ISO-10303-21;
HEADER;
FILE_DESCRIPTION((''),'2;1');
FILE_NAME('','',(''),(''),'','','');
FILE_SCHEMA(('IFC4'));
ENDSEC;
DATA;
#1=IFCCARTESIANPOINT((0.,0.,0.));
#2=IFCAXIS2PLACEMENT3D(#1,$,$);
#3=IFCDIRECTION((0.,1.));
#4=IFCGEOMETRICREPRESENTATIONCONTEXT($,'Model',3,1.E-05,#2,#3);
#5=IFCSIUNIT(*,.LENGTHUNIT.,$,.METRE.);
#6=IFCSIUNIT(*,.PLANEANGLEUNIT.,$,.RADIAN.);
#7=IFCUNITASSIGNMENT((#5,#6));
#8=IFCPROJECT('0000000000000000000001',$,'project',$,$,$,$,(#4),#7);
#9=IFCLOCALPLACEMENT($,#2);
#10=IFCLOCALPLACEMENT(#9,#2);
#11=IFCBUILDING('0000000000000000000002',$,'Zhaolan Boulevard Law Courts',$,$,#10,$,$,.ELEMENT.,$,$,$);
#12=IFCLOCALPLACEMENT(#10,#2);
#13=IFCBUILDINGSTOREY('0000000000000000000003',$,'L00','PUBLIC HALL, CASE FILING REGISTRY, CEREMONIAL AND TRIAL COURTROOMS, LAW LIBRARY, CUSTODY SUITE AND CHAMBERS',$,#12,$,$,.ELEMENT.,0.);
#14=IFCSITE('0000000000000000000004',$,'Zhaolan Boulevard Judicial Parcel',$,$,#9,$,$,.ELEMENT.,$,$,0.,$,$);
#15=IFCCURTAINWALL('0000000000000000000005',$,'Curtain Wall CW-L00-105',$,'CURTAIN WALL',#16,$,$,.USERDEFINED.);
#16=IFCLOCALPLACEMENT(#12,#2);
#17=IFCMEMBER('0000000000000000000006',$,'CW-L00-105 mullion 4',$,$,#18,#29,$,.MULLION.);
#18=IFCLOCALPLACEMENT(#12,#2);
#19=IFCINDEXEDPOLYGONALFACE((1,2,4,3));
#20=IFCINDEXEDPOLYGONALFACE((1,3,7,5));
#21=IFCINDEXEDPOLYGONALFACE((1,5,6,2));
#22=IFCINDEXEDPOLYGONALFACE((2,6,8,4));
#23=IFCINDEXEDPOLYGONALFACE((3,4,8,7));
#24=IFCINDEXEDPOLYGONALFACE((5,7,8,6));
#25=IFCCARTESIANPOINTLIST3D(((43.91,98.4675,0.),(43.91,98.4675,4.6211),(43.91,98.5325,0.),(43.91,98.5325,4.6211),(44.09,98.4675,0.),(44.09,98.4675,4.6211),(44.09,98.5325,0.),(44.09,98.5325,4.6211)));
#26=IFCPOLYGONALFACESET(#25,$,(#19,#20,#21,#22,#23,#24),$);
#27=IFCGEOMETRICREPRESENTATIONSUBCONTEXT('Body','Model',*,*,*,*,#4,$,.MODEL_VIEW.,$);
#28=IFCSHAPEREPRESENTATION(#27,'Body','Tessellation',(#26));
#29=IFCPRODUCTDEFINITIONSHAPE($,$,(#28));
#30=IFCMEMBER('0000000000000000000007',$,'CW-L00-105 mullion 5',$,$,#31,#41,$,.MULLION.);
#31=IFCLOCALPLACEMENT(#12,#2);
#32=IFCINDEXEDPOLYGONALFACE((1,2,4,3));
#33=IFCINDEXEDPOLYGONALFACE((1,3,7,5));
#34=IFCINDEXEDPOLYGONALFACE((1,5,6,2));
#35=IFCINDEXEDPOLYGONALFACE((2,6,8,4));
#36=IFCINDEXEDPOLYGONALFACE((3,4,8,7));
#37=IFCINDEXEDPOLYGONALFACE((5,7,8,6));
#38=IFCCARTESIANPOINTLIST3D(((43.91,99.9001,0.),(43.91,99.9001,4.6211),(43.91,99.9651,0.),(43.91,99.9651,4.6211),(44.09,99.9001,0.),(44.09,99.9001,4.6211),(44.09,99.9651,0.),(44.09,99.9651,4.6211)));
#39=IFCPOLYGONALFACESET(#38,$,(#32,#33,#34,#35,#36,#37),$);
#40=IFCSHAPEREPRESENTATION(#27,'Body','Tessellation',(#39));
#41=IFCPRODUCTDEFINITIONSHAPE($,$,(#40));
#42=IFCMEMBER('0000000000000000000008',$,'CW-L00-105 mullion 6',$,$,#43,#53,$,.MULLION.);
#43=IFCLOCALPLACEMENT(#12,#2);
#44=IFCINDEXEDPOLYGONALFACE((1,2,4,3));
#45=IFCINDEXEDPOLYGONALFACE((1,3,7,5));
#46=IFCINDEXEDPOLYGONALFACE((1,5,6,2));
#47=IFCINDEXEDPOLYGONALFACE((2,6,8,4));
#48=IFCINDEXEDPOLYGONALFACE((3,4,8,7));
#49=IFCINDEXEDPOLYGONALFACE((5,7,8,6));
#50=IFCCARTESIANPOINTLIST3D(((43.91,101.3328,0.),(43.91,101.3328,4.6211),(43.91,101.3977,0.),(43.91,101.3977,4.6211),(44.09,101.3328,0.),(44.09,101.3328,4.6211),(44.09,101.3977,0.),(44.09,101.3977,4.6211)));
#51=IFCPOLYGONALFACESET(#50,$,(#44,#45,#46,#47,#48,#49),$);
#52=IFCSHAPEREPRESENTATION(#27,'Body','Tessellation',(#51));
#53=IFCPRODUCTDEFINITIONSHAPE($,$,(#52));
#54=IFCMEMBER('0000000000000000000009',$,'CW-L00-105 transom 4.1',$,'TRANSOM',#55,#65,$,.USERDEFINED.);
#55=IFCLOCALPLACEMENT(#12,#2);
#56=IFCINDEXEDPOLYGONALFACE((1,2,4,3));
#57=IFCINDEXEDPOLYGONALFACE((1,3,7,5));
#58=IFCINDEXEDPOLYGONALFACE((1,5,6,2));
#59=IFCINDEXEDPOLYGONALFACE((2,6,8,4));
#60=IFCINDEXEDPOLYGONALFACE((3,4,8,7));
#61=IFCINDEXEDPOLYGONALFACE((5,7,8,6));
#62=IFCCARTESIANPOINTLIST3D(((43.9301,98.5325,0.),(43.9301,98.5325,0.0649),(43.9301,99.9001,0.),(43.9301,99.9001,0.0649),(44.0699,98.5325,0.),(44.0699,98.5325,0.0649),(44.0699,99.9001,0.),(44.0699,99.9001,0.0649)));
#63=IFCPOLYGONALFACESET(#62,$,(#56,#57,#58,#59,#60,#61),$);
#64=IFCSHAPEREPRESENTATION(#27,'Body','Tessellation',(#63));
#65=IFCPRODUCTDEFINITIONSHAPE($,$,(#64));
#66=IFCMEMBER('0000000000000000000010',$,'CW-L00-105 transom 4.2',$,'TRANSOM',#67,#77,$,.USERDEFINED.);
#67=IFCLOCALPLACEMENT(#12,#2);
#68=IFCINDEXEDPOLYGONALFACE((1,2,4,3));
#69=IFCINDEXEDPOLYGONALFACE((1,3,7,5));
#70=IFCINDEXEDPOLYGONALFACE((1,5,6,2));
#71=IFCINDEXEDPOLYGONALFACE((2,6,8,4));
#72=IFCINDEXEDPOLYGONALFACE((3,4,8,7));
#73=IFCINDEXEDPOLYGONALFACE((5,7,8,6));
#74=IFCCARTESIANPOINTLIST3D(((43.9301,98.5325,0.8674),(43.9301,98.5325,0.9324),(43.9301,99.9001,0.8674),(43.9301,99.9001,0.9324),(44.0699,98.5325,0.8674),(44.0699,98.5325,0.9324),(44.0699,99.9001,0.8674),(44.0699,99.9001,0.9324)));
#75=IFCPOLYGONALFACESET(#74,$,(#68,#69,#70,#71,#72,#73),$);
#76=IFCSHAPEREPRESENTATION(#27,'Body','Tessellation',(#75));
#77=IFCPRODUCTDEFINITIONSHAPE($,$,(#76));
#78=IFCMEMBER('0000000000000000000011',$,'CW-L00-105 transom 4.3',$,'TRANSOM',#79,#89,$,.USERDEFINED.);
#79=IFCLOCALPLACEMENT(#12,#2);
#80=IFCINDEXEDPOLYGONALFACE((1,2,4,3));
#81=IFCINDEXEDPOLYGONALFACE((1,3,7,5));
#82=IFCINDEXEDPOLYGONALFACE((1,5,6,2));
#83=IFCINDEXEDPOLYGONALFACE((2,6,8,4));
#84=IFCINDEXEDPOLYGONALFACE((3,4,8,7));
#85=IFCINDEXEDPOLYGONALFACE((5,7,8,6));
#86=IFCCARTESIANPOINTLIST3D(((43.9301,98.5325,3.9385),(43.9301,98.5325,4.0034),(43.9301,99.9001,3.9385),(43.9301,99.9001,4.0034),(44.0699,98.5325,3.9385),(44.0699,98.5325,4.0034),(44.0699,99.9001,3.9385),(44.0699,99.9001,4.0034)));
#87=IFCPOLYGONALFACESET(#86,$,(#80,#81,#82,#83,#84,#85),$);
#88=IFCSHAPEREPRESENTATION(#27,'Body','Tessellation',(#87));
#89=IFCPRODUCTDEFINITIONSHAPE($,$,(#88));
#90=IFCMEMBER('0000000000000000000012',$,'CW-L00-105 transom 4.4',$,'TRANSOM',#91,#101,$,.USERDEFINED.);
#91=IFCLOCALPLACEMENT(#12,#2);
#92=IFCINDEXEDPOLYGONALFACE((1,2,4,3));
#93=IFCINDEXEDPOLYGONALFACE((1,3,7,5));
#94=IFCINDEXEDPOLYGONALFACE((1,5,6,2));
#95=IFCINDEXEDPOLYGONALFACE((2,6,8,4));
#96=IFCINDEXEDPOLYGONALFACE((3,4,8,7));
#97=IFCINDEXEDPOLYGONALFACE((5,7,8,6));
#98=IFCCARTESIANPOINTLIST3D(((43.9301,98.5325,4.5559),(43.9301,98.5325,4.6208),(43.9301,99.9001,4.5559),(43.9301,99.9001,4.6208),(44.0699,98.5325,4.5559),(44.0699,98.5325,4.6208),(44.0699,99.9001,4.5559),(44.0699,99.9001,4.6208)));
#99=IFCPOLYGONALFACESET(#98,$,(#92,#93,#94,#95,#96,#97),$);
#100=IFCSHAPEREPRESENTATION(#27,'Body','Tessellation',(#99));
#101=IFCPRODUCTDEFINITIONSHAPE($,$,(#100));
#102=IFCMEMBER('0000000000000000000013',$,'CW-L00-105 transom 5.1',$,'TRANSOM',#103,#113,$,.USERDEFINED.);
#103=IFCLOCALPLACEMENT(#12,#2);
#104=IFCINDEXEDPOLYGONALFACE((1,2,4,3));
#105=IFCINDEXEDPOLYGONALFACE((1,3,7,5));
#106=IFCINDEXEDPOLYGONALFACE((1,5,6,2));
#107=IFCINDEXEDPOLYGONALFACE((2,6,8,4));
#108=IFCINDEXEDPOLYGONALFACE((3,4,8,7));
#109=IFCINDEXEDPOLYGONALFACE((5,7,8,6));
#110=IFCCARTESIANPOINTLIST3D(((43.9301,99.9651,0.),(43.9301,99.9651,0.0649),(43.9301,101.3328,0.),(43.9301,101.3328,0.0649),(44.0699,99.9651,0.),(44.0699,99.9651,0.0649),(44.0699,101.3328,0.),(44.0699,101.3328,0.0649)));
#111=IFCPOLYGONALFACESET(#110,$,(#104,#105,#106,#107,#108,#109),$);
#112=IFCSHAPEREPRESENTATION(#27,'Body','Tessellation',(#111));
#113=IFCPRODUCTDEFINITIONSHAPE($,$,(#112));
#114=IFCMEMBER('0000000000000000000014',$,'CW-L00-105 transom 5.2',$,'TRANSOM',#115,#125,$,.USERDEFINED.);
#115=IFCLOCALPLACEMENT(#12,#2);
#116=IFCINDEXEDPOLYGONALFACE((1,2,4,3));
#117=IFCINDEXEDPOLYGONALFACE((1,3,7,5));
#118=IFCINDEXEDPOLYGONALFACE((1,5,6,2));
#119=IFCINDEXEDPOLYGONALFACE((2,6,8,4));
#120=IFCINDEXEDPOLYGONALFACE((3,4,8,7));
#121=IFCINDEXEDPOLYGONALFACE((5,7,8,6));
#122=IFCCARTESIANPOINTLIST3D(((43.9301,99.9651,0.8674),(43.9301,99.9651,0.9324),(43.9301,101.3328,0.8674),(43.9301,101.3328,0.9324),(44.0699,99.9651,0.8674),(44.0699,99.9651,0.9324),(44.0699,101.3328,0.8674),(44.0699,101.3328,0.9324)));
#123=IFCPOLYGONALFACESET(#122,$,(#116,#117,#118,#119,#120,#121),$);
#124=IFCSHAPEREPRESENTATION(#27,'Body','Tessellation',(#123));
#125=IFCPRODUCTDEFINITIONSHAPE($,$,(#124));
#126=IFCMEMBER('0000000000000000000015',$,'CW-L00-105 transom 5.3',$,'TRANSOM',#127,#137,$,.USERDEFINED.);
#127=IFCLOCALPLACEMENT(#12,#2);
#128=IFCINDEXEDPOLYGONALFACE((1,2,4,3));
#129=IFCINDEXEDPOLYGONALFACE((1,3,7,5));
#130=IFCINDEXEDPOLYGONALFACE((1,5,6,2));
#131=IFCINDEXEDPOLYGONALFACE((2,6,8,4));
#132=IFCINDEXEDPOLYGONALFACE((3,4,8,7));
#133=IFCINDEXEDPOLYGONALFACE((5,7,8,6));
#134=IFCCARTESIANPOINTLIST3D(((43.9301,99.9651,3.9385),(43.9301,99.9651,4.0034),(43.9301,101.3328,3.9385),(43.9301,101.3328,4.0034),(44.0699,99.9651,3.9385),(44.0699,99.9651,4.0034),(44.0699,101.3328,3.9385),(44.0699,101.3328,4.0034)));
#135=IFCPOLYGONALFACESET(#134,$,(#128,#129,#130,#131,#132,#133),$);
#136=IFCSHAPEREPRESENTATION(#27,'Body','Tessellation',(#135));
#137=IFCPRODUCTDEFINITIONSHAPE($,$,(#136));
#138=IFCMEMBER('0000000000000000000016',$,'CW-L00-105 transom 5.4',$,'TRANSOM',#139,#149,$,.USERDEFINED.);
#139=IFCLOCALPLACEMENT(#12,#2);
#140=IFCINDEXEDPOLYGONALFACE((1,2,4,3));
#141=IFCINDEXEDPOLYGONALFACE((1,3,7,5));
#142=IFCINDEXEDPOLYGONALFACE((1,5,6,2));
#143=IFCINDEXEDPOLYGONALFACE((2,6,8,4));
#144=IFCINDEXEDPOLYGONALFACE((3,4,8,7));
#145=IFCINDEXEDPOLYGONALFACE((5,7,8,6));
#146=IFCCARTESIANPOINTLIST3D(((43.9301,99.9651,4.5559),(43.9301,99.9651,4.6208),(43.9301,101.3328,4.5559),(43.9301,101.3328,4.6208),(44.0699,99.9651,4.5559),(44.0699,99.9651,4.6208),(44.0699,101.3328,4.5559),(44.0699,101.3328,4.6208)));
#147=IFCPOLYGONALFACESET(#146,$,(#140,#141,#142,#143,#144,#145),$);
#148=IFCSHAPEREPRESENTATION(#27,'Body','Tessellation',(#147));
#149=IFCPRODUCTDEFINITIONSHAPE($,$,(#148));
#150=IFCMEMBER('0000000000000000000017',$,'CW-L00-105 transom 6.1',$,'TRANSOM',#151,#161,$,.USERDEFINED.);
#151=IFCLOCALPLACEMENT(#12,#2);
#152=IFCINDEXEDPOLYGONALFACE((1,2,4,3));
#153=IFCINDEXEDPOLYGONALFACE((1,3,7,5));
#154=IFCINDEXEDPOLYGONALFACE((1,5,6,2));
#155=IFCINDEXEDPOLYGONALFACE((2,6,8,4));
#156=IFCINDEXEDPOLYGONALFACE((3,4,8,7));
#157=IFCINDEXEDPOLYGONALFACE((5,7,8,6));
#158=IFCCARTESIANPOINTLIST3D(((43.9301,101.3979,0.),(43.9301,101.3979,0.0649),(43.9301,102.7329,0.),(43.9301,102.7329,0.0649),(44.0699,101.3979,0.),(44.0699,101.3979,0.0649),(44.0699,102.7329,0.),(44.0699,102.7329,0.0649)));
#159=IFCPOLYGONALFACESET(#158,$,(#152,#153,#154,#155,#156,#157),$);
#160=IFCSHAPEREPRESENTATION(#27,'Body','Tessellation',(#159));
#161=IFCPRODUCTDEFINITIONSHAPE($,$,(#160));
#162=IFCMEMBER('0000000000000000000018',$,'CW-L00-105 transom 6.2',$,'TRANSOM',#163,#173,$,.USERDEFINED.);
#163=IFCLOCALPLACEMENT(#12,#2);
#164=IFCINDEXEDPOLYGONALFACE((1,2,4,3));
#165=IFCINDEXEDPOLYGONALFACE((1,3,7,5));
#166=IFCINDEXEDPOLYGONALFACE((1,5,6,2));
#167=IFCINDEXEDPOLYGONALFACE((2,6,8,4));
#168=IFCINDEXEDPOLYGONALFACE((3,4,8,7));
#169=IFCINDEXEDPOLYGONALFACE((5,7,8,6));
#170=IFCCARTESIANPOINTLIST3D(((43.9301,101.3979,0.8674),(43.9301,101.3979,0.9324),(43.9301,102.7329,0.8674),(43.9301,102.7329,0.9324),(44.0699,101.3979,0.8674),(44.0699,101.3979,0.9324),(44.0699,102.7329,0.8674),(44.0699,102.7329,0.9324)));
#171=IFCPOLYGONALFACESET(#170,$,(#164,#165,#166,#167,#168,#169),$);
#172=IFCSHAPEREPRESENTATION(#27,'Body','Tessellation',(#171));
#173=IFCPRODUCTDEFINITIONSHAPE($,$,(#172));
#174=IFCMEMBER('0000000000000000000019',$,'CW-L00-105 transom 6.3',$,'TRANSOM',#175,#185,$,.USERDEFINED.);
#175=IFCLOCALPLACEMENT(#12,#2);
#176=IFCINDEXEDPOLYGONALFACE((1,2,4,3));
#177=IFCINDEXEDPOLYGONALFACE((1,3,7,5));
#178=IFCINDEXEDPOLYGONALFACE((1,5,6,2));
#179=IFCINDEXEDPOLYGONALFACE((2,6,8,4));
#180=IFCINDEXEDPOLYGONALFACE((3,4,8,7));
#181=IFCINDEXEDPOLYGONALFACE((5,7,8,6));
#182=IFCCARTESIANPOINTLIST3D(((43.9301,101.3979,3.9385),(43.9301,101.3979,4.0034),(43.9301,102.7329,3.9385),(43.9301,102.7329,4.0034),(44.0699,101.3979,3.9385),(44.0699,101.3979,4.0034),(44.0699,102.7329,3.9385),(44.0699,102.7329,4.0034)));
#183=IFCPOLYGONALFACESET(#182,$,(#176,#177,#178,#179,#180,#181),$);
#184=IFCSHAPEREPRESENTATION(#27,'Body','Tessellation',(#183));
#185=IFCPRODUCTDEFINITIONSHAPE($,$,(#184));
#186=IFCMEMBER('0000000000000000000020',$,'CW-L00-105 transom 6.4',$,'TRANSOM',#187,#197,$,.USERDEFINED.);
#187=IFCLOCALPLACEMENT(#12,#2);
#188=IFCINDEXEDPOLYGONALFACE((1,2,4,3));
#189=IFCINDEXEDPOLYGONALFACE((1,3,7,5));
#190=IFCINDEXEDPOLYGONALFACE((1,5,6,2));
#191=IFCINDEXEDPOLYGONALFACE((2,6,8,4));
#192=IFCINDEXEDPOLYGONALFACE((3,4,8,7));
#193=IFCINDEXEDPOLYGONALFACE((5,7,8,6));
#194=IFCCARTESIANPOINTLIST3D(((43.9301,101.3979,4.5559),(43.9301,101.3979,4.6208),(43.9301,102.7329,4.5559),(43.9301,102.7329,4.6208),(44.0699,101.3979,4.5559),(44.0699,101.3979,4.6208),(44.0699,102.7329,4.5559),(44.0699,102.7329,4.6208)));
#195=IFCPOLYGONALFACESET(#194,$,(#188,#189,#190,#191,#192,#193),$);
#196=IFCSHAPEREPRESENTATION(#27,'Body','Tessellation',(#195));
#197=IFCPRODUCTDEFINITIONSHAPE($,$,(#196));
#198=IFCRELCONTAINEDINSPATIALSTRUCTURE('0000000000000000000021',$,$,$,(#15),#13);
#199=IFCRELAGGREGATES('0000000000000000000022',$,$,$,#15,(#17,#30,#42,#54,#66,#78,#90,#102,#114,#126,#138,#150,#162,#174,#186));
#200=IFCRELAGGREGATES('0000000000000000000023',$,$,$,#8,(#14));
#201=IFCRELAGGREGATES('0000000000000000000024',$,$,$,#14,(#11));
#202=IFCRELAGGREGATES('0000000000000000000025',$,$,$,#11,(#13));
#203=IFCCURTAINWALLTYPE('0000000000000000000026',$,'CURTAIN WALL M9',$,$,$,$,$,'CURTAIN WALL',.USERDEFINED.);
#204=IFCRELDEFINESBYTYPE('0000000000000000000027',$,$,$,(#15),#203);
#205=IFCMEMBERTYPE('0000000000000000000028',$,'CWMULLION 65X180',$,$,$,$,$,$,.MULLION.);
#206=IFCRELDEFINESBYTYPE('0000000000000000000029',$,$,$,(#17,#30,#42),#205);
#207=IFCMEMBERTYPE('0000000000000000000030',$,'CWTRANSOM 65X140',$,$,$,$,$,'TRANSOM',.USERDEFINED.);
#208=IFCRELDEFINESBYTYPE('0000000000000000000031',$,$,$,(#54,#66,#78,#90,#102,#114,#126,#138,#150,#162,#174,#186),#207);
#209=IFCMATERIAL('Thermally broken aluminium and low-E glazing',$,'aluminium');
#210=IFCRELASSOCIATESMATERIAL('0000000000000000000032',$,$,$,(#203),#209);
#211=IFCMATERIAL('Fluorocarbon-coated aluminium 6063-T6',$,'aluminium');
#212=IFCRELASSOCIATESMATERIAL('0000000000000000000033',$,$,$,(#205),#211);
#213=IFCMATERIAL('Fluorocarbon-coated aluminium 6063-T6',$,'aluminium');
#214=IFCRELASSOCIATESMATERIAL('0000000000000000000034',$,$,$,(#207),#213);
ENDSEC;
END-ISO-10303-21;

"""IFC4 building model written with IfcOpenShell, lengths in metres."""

from ifc_helpers import new_model, si_unit, direction, frame, origin, origin_2d, place, context, subcontext, project, spatial, rectangle, extrude, material, material_profile, profile_set, type_object, element, aggregate, save


model = new_model("IFC4")

# Units and contexts
model_context = context("Model", 3, precision=1e-05, world=origin(), true_north=direction((0.0, 1.0)))
body_context = subcontext(model_context, "Body", "Model", "MODEL_VIEW")
ifc_project = project(units=[si_unit("LENGTHUNIT", "METRE"), si_unit("PLANEANGLEUNIT", "RADIAN")], contexts=[model_context])

# Site, building, storey
site_placement = place(None, origin())
site = spatial("IfcSite", under=ifc_project, at=site_placement, Name="Zhaolan Boulevard Judicial Parcel", CompositionType="ELEMENT", RefElevation=0.0)
building_placement = place(site_placement, origin())
building = spatial("IfcBuilding", under=site, at=building_placement, Name="Zhaolan Boulevard Law Courts", CompositionType="ELEMENT")
storey_placement = place(building_placement, origin())
storey = spatial("IfcBuildingStorey", under=building, at=storey_placement, Name="L00", Description="PUBLIC HALL, CASE FILING REGISTRY, CEREMONIAL AND TRIAL COURTROOMS, LAW LIBRARY, CUSTODY SUITE AND CHAMBERS", CompositionType="ELEMENT", Elevation=0.0)

# Curtain wall, members
ifc_material_1 = material(Name="Thermally broken aluminium and low-E glazing", Category="aluminium")
curtain_wall_type = type_object("IfcCurtainWallType", Name="CURTAIN WALL M9", ElementType="CURTAIN WALL", PredefinedType="USERDEFINED", material=ifc_material_1)
curtain_wall_placement = place(storey_placement, origin())
curtain_wall = element("IfcCurtainWall", 1, at=curtain_wall_placement, inside=storey, type_object=curtain_wall_type, Name="Curtain Wall CW-L00-105", ObjectType="CURTAIN WALL", PredefinedType="USERDEFINED")
ifc_material_2 = material(Name="Fluorocarbon-coated aluminium 6063-T6", Category="aluminium")
ifc_material_profile_1 = material_profile(ifc_material_2, rectangle(XDim=0.1799, YDim=0.0649, at=origin_2d()), Name="AL65x180")
ifc_profile_set_1 = profile_set([ifc_material_profile_1], Name="Fluorocarbon-coated aluminium 6063-T6")
member_type_1 = type_object("IfcMemberType", Name="CWMULLION 65X180", PredefinedType="MULLION", material=ifc_profile_set_1)
member_1_placement = place(storey_placement, frame((44.0, 98.5, 0.0), z_axis=(0.0, 0.0, 1.0), x_axis=(-1.0, 0.0, 0.0)))
member_1 = element("IfcMember", 2, at=member_1_placement, type_object=member_type_1, Name="CW-L00-105 mullion 4", PredefinedType="MULLION", context=body_context, shape_type="SweptSolid", body=[
    extrude(rectangle(XDim=0.1799, YDim=0.0649, at=origin_2d()), origin(), (0.0, 0.0, 1.0), 4.6211),
])
member_2_placement = place(storey_placement, frame((44.0, 99.9326, 0.0), z_axis=(0.0, 0.0, 1.0), x_axis=(-1.0, 0.0, 0.0)))
member_2 = element("IfcMember", 3, at=member_2_placement, type_object=member_type_1, Name="CW-L00-105 mullion 5", PredefinedType="MULLION", context=body_context, shape_type="SweptSolid", body=[
    extrude(rectangle(XDim=0.1799, YDim=0.0649, at=origin_2d()), origin(), (0.0, 0.0, 1.0), 4.6211),
])
member_3_placement = place(storey_placement, frame((44.0, 101.3652, 0.0), z_axis=(0.0, 0.0, 1.0), x_axis=(-1.0, 0.0, 0.0)))
member_3 = element("IfcMember", 4, at=member_3_placement, type_object=member_type_1, Name="CW-L00-105 mullion 6", PredefinedType="MULLION", context=body_context, shape_type="SweptSolid", body=[
    extrude(rectangle(XDim=0.1799, YDim=0.0649, at=origin_2d()), origin(), (0.0, 0.0, 1.0), 4.6211),
])
ifc_material_3 = material(Name="Fluorocarbon-coated aluminium 6063-T6", Category="aluminium")
ifc_material_profile_2 = material_profile(ifc_material_3, rectangle(XDim=0.1399, YDim=0.0649, at=origin_2d()), Name="AL65x140")
ifc_profile_set_2 = profile_set([ifc_material_profile_2], Name="Fluorocarbon-coated aluminium 6063-T6")
member_type_2 = type_object("IfcMemberType", Name="CWTRANSOM 65X140", ElementType="TRANSOM", PredefinedType="USERDEFINED", material=ifc_profile_set_2)
member_4_placement = place(storey_placement, frame((44.0, 98.5325, 0.0325), z_axis=(0.0, 1.0, 0.0), x_axis=(-1.0, 0.0, 0.0)))
member_4 = element("IfcMember", 5, at=member_4_placement, type_object=member_type_2, Name="CW-L00-105 transom 4.1", ObjectType="TRANSOM", PredefinedType="USERDEFINED", context=body_context, shape_type="SweptSolid", body=[
    extrude(rectangle(XDim=0.1399, YDim=0.0649, at=origin_2d()), origin(), (0.0, 0.0, 1.0), 1.3677),
])
member_5_placement = place(storey_placement, frame((44.0, 98.5325, 0.8999), z_axis=(0.0, 1.0, 0.0), x_axis=(-1.0, 0.0, 0.0)))
member_5 = element("IfcMember", 6, at=member_5_placement, type_object=member_type_2, Name="CW-L00-105 transom 4.2", ObjectType="TRANSOM", PredefinedType="USERDEFINED", context=body_context, shape_type="SweptSolid", body=[
    extrude(rectangle(XDim=0.1399, YDim=0.0649, at=origin_2d()), origin(), (0.0, 0.0, 1.0), 1.3677),
])
member_6_placement = place(storey_placement, frame((44.0, 98.5325, 3.9709), z_axis=(0.0, 1.0, 0.0), x_axis=(-1.0, 0.0, 0.0)))
member_6 = element("IfcMember", 7, at=member_6_placement, type_object=member_type_2, Name="CW-L00-105 transom 4.3", ObjectType="TRANSOM", PredefinedType="USERDEFINED", context=body_context, shape_type="SweptSolid", body=[
    extrude(rectangle(XDim=0.1399, YDim=0.0649, at=origin_2d()), origin(), (0.0, 0.0, 1.0), 1.3677),
])
member_7_placement = place(storey_placement, frame((44.0, 98.5325, 4.5884), z_axis=(0.0, 1.0, 0.0), x_axis=(-1.0, 0.0, 0.0)))
member_7 = element("IfcMember", 8, at=member_7_placement, type_object=member_type_2, Name="CW-L00-105 transom 4.4", ObjectType="TRANSOM", PredefinedType="USERDEFINED", context=body_context, shape_type="SweptSolid", body=[
    extrude(rectangle(XDim=0.1399, YDim=0.0649, at=origin_2d()), origin(), (0.0, 0.0, 1.0), 1.3677),
])
member_8_placement = place(storey_placement, frame((44.0, 99.9651, 0.0325), z_axis=(0.0, 1.0, 0.0), x_axis=(-1.0, 0.0, 0.0)))
member_8 = element("IfcMember", 9, at=member_8_placement, type_object=member_type_2, Name="CW-L00-105 transom 5.1", ObjectType="TRANSOM", PredefinedType="USERDEFINED", context=body_context, shape_type="SweptSolid", body=[
    extrude(rectangle(XDim=0.1399, YDim=0.0649, at=origin_2d()), origin(), (0.0, 0.0, 1.0), 1.3677),
])
member_9_placement = place(storey_placement, frame((44.0, 99.9651, 0.8999), z_axis=(0.0, 1.0, 0.0), x_axis=(-1.0, 0.0, 0.0)))
member_9 = element("IfcMember", 10, at=member_9_placement, type_object=member_type_2, Name="CW-L00-105 transom 5.2", ObjectType="TRANSOM", PredefinedType="USERDEFINED", context=body_context, shape_type="SweptSolid", body=[
    extrude(rectangle(XDim=0.1399, YDim=0.0649, at=origin_2d()), origin(), (0.0, 0.0, 1.0), 1.3677),
])
member_10_placement = place(storey_placement, frame((44.0, 99.9651, 3.9709), z_axis=(0.0, 1.0, 0.0), x_axis=(-1.0, 0.0, 0.0)))
member_10 = element("IfcMember", 11, at=member_10_placement, type_object=member_type_2, Name="CW-L00-105 transom 5.3", ObjectType="TRANSOM", PredefinedType="USERDEFINED", context=body_context, shape_type="SweptSolid", body=[
    extrude(rectangle(XDim=0.1399, YDim=0.0649, at=origin_2d()), origin(), (0.0, 0.0, 1.0), 1.3677),
])
member_11_placement = place(storey_placement, frame((44.0, 99.9651, 4.5884), z_axis=(0.0, 1.0, 0.0), x_axis=(-1.0, 0.0, 0.0)))
member_11 = element("IfcMember", 12, at=member_11_placement, type_object=member_type_2, Name="CW-L00-105 transom 5.4", ObjectType="TRANSOM", PredefinedType="USERDEFINED", context=body_context, shape_type="SweptSolid", body=[
    extrude(rectangle(XDim=0.1399, YDim=0.0649, at=origin_2d()), origin(), (0.0, 0.0, 1.0), 1.3677),
])
member_12_placement = place(storey_placement, frame((44.0, 101.3979, 0.0325), z_axis=(0.0, 1.0, 0.0), x_axis=(-1.0, 0.0, 0.0)))
member_12 = element("IfcMember", 13, at=member_12_placement, type_object=member_type_2, Name="CW-L00-105 transom 6.1", ObjectType="TRANSOM", PredefinedType="USERDEFINED", context=body_context, shape_type="SweptSolid", body=[
    extrude(rectangle(XDim=0.1399, YDim=0.0649, at=origin_2d()), origin(), (0.0, 0.0, 1.0), 1.335),
])
member_13_placement = place(storey_placement, frame((44.0, 101.3979, 0.8999), z_axis=(0.0, 1.0, 0.0), x_axis=(-1.0, 0.0, 0.0)))
member_13 = element("IfcMember", 14, at=member_13_placement, type_object=member_type_2, Name="CW-L00-105 transom 6.2", ObjectType="TRANSOM", PredefinedType="USERDEFINED", context=body_context, shape_type="SweptSolid", body=[
    extrude(rectangle(XDim=0.1399, YDim=0.0649, at=origin_2d()), origin(), (0.0, 0.0, 1.0), 1.335),
])
member_14_placement = place(storey_placement, frame((44.0, 101.3979, 3.9709), z_axis=(0.0, 1.0, 0.0), x_axis=(-1.0, 0.0, 0.0)))
member_14 = element("IfcMember", 15, at=member_14_placement, type_object=member_type_2, Name="CW-L00-105 transom 6.3", ObjectType="TRANSOM", PredefinedType="USERDEFINED", context=body_context, shape_type="SweptSolid", body=[
    extrude(rectangle(XDim=0.1399, YDim=0.0649, at=origin_2d()), origin(), (0.0, 0.0, 1.0), 1.335),
])
member_15_placement = place(storey_placement, frame((44.0, 101.3979, 4.5884), z_axis=(0.0, 1.0, 0.0), x_axis=(-1.0, 0.0, 0.0)))
member_15 = element("IfcMember", 16, at=member_15_placement, type_object=member_type_2, Name="CW-L00-105 transom 6.4", ObjectType="TRANSOM", PredefinedType="USERDEFINED", context=body_context, shape_type="SweptSolid", body=[
    extrude(rectangle(XDim=0.1399, YDim=0.0649, at=origin_2d()), origin(), (0.0, 0.0, 1.0), 1.335),
])
aggregate(curtain_wall, [member_1, member_2, member_3, member_4, member_5, member_6, member_7, member_8, member_9, member_10, member_11, member_12, member_13, member_14, member_15])

save(model, "model.ifc")
